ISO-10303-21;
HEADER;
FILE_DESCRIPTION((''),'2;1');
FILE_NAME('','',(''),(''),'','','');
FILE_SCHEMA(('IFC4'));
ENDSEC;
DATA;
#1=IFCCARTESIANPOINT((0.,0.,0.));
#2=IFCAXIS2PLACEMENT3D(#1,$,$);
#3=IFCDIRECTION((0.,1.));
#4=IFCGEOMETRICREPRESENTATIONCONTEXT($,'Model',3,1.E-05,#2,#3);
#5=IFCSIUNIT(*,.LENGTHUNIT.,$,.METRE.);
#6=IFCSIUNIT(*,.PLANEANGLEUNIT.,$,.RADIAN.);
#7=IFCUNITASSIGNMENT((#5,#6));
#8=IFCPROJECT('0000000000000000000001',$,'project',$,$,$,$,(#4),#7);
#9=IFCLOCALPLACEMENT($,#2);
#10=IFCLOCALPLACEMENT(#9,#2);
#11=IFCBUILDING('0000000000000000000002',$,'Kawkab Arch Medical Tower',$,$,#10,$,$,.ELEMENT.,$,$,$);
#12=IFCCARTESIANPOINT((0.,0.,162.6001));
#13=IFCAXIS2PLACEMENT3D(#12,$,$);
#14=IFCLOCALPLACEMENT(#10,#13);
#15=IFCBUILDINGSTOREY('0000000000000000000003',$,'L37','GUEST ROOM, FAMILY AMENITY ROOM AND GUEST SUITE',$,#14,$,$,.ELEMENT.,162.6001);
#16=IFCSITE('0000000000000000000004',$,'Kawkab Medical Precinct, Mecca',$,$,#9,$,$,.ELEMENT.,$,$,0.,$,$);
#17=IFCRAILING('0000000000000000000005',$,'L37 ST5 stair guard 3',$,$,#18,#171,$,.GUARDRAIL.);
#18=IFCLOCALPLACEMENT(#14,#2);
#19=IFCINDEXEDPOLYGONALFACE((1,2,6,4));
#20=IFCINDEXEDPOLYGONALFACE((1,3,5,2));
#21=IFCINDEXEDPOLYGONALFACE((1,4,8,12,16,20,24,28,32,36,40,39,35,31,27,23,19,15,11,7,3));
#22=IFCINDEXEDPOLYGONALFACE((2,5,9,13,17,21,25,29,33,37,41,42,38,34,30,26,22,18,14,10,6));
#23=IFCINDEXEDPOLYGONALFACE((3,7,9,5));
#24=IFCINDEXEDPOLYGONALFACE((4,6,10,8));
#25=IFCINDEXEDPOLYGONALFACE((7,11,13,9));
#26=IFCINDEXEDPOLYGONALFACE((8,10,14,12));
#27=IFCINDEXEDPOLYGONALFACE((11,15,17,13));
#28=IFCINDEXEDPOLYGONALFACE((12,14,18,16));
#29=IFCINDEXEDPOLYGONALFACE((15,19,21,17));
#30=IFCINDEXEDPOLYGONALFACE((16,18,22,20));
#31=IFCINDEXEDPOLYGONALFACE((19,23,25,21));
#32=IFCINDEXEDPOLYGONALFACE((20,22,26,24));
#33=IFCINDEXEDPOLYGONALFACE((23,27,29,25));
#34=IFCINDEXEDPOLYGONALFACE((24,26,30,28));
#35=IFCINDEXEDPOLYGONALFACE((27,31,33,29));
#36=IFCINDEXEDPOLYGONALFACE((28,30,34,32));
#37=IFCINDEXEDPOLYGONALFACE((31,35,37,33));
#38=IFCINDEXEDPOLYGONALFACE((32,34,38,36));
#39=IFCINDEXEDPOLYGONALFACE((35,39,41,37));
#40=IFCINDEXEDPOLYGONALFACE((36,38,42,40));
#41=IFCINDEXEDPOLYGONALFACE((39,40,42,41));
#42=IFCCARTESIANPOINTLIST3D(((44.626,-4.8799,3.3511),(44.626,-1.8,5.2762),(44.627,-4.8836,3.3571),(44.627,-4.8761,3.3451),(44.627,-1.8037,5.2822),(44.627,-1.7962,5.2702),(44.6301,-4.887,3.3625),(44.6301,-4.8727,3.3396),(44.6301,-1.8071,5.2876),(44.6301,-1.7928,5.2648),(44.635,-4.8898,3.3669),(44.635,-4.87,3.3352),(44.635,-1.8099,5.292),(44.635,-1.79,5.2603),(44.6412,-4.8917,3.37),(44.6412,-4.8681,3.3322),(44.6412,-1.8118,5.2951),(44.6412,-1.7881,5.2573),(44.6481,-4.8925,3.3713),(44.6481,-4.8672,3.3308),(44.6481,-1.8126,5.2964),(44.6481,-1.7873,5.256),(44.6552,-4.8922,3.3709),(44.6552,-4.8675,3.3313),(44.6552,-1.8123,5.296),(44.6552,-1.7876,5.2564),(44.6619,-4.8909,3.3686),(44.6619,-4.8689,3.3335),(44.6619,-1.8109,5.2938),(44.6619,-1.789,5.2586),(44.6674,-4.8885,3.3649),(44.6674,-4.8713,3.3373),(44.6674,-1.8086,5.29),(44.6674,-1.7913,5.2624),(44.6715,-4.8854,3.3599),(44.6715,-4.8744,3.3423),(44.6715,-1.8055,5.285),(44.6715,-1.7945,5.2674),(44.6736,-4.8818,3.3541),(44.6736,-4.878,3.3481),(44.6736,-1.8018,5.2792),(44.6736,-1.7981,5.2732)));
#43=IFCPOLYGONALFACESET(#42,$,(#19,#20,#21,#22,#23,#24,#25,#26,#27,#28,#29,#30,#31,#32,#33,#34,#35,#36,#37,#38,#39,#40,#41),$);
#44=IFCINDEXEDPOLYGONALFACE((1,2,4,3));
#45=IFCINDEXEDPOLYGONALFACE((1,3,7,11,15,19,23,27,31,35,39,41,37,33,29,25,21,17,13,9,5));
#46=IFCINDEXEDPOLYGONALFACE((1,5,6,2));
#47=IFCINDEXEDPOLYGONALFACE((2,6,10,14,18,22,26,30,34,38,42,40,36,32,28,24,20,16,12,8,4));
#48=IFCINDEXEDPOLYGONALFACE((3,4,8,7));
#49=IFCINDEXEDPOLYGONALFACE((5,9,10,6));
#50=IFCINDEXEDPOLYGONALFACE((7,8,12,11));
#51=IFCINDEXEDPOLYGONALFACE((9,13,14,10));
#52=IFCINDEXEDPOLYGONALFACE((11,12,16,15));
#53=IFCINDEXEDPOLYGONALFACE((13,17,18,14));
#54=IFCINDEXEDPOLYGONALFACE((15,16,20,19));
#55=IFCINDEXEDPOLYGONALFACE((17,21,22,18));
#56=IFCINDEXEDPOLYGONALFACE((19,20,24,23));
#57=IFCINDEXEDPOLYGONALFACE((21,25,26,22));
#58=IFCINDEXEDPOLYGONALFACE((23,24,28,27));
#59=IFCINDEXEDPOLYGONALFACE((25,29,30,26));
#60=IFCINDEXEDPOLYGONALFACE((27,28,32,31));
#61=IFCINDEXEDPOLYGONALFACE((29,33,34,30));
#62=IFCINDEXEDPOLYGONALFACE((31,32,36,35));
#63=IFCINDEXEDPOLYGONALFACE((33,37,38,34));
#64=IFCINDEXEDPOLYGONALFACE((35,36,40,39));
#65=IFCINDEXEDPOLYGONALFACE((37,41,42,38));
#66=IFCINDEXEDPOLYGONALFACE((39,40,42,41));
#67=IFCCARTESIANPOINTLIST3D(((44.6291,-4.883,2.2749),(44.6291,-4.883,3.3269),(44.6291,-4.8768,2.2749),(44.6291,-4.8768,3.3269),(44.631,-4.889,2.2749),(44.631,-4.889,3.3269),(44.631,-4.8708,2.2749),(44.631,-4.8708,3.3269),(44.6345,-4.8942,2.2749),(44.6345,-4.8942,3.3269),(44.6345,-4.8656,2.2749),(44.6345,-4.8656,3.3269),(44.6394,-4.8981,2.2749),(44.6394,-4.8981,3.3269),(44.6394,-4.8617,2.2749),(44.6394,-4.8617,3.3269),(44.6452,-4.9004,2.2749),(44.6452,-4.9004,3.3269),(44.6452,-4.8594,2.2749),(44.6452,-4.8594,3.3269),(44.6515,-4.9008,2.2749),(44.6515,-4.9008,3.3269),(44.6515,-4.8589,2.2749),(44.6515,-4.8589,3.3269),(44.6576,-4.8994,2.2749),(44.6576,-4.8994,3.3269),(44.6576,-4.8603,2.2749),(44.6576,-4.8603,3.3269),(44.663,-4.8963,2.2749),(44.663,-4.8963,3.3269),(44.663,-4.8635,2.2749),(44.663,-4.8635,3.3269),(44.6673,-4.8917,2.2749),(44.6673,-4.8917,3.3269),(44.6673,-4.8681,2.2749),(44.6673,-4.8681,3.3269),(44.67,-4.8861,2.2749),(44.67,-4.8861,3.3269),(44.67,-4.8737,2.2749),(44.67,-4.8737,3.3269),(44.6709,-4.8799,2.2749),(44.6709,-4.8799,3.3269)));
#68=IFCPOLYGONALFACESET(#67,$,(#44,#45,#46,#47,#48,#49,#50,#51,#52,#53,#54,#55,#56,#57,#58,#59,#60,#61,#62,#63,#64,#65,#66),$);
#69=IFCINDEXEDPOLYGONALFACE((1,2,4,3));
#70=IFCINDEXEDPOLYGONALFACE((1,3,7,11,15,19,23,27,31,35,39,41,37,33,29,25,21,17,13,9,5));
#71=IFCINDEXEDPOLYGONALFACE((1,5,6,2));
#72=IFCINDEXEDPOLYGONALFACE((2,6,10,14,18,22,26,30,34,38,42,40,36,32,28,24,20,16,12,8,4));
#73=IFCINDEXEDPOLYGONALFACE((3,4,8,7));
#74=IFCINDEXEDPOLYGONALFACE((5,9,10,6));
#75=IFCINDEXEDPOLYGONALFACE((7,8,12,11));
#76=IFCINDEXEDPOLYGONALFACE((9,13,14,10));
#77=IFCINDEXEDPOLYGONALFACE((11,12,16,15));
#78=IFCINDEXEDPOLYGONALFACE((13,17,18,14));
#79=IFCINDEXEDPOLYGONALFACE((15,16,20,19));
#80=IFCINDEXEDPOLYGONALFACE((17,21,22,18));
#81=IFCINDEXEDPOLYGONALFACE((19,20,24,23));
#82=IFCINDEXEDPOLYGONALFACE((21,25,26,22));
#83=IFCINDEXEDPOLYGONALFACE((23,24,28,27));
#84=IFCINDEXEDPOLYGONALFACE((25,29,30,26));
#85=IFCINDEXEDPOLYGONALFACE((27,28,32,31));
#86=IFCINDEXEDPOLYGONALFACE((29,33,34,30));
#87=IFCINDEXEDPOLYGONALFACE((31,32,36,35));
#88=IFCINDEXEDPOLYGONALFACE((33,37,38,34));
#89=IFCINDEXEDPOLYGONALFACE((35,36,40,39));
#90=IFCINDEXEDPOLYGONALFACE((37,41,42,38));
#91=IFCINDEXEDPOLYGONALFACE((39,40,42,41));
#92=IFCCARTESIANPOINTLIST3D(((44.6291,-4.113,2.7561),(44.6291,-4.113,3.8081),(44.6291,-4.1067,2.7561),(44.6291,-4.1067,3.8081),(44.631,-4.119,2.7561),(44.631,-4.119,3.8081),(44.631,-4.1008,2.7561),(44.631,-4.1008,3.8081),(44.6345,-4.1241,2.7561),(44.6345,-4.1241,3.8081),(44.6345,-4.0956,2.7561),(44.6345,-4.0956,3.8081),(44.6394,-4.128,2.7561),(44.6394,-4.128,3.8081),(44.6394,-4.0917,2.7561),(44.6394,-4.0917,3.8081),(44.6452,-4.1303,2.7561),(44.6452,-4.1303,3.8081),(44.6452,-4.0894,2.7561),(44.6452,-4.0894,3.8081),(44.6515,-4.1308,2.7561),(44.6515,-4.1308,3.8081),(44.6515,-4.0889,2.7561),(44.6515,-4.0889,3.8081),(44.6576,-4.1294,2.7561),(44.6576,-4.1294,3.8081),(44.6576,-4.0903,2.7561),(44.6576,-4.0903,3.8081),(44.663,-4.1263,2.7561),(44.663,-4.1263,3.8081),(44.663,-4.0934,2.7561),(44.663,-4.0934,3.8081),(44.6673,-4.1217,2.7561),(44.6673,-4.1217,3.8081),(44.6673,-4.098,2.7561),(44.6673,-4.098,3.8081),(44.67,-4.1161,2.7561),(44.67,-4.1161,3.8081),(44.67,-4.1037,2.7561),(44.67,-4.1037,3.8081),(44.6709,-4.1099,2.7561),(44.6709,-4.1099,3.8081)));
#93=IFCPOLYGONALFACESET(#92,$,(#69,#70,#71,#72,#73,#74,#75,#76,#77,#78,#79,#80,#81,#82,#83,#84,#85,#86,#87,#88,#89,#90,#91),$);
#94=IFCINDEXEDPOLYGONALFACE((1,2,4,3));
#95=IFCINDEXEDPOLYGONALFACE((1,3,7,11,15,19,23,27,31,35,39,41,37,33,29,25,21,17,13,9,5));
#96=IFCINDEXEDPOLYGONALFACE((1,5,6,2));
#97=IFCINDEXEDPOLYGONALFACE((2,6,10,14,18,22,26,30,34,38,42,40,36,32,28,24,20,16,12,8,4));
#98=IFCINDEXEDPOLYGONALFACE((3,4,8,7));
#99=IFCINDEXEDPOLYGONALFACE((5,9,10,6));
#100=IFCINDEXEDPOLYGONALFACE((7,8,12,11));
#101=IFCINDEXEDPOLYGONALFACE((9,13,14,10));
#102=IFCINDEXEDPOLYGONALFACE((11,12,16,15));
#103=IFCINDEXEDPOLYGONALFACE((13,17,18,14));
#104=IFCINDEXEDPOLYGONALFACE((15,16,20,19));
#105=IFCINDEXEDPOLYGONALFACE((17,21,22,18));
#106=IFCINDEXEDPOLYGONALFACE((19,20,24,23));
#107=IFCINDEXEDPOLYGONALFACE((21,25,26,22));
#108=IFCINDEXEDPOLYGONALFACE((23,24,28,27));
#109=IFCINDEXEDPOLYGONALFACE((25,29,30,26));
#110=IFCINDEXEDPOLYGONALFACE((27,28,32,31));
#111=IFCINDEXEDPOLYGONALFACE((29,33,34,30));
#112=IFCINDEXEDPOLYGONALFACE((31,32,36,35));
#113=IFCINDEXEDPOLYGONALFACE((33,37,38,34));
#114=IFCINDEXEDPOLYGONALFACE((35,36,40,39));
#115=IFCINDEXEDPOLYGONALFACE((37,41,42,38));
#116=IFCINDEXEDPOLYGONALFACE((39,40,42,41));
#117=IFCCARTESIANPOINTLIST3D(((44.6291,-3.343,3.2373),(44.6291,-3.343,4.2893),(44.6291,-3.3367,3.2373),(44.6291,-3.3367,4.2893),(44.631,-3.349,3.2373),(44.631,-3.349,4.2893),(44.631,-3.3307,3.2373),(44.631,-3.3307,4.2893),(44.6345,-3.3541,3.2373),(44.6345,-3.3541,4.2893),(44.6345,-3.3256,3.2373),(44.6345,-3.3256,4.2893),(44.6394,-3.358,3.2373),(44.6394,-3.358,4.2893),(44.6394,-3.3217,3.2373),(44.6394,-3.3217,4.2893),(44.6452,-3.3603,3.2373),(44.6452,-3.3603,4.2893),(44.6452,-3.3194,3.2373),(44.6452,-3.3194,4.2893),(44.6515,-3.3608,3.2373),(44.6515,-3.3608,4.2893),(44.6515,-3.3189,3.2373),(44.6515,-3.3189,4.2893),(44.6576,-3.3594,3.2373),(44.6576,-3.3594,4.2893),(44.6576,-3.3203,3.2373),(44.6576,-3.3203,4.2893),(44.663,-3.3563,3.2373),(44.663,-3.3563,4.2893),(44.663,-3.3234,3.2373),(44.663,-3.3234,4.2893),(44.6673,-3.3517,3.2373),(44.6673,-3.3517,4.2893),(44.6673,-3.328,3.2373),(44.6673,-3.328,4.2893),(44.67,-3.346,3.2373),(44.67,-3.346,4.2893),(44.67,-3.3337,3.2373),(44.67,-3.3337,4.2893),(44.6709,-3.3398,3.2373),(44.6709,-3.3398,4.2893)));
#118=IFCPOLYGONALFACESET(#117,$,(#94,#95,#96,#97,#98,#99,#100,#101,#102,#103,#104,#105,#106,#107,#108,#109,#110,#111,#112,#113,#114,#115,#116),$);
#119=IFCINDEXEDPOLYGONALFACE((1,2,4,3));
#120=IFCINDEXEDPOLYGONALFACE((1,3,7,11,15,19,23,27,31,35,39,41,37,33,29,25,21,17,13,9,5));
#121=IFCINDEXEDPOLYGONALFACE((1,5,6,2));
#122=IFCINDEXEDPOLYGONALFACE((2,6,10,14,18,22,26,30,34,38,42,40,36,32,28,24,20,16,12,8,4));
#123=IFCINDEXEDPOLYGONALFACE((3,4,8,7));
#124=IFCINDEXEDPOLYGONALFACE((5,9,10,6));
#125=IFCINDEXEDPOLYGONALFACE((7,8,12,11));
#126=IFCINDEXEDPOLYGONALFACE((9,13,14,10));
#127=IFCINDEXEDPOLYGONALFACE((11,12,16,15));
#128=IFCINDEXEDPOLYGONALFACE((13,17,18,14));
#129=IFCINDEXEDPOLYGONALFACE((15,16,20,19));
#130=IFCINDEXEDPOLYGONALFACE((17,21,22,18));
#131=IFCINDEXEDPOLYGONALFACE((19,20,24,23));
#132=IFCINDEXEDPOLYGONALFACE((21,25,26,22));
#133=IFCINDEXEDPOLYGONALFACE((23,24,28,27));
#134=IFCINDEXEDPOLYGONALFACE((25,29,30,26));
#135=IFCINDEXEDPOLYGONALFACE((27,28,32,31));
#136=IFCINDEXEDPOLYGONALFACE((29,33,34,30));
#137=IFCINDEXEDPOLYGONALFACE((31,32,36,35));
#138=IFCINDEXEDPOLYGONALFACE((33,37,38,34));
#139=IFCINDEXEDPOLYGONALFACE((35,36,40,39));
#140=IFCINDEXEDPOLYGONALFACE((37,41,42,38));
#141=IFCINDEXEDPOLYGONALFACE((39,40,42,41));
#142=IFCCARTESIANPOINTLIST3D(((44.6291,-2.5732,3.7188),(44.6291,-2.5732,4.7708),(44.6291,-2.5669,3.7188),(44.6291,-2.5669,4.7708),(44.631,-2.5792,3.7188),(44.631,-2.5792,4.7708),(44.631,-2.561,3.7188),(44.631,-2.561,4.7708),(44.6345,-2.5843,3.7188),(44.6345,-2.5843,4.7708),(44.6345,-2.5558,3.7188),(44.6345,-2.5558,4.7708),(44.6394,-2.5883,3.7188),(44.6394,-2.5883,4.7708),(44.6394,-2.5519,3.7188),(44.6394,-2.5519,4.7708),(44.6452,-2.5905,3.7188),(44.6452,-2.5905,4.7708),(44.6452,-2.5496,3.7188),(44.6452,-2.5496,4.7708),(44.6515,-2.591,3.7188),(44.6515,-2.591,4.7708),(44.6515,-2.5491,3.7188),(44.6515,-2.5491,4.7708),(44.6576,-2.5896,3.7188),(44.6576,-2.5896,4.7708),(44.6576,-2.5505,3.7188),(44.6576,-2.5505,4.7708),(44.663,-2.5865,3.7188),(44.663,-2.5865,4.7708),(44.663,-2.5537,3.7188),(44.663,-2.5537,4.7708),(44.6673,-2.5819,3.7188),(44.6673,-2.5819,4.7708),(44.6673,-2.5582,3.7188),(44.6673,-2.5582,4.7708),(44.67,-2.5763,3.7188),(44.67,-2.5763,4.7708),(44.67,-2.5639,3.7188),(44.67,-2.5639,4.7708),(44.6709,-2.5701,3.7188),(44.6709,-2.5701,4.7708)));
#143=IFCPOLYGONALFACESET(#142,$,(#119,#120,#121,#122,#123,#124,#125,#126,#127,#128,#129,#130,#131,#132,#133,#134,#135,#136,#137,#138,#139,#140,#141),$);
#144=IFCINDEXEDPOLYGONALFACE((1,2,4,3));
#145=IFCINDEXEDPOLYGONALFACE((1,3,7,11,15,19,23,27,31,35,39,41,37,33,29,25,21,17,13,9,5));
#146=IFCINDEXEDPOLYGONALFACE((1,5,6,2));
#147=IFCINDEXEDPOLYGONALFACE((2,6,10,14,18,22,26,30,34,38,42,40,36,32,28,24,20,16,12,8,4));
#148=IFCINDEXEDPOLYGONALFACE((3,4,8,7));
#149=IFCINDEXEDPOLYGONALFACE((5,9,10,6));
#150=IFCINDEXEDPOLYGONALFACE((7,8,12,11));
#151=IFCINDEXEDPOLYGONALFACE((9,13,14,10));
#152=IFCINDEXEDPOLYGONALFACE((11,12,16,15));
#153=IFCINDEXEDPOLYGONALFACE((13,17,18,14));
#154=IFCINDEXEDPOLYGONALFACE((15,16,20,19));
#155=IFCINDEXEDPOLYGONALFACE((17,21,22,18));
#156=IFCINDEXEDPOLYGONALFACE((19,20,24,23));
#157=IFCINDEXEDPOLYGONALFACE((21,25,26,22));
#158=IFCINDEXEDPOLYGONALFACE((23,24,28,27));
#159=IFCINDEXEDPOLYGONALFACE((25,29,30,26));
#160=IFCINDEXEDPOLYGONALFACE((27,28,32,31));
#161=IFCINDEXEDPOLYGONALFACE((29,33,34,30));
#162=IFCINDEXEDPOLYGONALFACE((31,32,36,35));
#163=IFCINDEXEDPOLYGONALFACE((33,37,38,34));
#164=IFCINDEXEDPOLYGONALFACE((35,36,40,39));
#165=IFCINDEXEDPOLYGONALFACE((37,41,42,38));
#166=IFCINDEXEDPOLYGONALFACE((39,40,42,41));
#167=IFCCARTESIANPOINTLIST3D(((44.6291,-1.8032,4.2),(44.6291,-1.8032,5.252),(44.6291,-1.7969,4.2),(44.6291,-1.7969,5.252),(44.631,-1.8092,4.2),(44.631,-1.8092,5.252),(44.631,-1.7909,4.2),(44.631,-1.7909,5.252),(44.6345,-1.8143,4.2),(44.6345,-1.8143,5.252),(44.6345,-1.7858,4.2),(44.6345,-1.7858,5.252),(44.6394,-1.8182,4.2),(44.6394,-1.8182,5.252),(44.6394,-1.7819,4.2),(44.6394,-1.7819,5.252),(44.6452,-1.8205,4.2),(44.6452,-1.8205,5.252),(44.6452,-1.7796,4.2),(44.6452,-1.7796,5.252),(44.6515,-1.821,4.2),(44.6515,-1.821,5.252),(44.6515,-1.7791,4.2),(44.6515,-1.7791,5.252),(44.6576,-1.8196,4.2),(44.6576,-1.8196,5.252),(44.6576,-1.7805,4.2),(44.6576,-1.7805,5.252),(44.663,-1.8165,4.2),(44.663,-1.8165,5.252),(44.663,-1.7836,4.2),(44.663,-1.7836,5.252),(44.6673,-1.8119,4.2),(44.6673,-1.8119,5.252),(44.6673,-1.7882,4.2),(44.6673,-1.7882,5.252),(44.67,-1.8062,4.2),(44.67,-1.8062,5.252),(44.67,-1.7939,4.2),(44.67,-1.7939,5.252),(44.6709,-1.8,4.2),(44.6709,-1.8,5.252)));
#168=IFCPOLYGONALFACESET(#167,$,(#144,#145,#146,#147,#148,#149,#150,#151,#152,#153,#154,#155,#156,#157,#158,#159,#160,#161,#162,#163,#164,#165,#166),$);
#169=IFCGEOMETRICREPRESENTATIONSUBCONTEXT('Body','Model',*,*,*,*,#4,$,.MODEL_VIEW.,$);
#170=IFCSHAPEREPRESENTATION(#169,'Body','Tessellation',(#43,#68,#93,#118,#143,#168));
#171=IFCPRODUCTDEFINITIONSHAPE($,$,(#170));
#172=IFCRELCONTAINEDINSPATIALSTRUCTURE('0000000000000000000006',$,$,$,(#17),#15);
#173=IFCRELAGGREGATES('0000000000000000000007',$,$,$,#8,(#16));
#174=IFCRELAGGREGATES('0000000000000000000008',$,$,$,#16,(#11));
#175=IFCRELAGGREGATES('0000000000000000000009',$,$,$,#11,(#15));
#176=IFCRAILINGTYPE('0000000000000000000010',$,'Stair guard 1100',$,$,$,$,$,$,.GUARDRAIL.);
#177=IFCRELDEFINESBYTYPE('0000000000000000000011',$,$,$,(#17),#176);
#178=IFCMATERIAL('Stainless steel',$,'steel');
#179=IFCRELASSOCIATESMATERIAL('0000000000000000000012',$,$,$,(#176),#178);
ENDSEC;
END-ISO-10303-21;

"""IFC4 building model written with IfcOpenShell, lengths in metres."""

from ifc_helpers import new_model, si_unit, direction, frame, origin, origin_2d, place, context, subcontext, project, spatial, circle, extrude, material, type_object, element, save


model = new_model("IFC4")

# Units and contexts
model_context = context("Model", 3, precision=1e-05, world=origin(), true_north=direction((0.0, 1.0)))
body_context = subcontext(model_context, "Body", "Model", "MODEL_VIEW")
ifc_project = project(units=[si_unit("LENGTHUNIT", "METRE"), si_unit("PLANEANGLEUNIT", "RADIAN")], contexts=[model_context])

# Site, building, storey
site_placement = place(None, origin())
site = spatial("IfcSite", under=ifc_project, at=site_placement, Name="Kawkab Medical Precinct, Mecca", CompositionType="ELEMENT", RefElevation=0.0)
building_placement = place(site_placement, origin())
building = spatial("IfcBuilding", under=site, at=building_placement, Name="Kawkab Arch Medical Tower", CompositionType="ELEMENT")
storey_placement = place(building_placement, frame((0.0, 0.0, 162.6001)))
storey = spatial("IfcBuildingStorey", under=building, at=storey_placement, Name="L37", Description="GUEST ROOM, FAMILY AMENITY ROOM AND GUEST SUITE", CompositionType="ELEMENT", Elevation=162.6001)

# Railing
ifc_material_1 = material(Name="Stainless steel", Category="steel")
railing_type_1 = type_object("IfcRailingType", Name="Stair guard 1100", PredefinedType="GUARDRAIL", material=ifc_material_1)
railing_1_placement = place(storey_placement, frame((44.6499, -4.8799, 2.2749)))
element("IfcRailing", 1, at=railing_1_placement, inside=storey, type_object=railing_type_1, Name="L37 ST5 stair guard 3", PredefinedType="GUARDRAIL", context=body_context, shape_type="SweptSolid", body=[
    extrude(circle(Radius=0.0239, at=origin_2d()), frame((0.0, 0.0, 1.0762), z_axis=(0.0, 0.847979, 0.530029), x_axis=(-1.0, 0.0, 0.0)), (0.0, 0.0, 1.0), 3.6321),
    extrude(circle(Radius=0.021, at=origin_2d()), origin(), (0.0, 0.0, 1.0), 1.052),
    extrude(circle(Radius=0.021, at=origin_2d()), frame((0.0, 0.77, 0.4812)), (0.0, 0.0, 1.0), 1.052),
    extrude(circle(Radius=0.021, at=origin_2d()), frame((0.0, 1.54, 0.9624)), (0.0, 0.0, 1.0), 1.052),
    extrude(circle(Radius=0.021, at=origin_2d()), frame((0.0, 2.3098, 1.4438)), (0.0, 0.0, 1.0), 1.052),
    extrude(circle(Radius=0.021, at=origin_2d()), frame((0.0, 3.0798, 1.925)), (0.0, 0.0, 1.0), 1.052),
])

save(model, "model.ifc")
